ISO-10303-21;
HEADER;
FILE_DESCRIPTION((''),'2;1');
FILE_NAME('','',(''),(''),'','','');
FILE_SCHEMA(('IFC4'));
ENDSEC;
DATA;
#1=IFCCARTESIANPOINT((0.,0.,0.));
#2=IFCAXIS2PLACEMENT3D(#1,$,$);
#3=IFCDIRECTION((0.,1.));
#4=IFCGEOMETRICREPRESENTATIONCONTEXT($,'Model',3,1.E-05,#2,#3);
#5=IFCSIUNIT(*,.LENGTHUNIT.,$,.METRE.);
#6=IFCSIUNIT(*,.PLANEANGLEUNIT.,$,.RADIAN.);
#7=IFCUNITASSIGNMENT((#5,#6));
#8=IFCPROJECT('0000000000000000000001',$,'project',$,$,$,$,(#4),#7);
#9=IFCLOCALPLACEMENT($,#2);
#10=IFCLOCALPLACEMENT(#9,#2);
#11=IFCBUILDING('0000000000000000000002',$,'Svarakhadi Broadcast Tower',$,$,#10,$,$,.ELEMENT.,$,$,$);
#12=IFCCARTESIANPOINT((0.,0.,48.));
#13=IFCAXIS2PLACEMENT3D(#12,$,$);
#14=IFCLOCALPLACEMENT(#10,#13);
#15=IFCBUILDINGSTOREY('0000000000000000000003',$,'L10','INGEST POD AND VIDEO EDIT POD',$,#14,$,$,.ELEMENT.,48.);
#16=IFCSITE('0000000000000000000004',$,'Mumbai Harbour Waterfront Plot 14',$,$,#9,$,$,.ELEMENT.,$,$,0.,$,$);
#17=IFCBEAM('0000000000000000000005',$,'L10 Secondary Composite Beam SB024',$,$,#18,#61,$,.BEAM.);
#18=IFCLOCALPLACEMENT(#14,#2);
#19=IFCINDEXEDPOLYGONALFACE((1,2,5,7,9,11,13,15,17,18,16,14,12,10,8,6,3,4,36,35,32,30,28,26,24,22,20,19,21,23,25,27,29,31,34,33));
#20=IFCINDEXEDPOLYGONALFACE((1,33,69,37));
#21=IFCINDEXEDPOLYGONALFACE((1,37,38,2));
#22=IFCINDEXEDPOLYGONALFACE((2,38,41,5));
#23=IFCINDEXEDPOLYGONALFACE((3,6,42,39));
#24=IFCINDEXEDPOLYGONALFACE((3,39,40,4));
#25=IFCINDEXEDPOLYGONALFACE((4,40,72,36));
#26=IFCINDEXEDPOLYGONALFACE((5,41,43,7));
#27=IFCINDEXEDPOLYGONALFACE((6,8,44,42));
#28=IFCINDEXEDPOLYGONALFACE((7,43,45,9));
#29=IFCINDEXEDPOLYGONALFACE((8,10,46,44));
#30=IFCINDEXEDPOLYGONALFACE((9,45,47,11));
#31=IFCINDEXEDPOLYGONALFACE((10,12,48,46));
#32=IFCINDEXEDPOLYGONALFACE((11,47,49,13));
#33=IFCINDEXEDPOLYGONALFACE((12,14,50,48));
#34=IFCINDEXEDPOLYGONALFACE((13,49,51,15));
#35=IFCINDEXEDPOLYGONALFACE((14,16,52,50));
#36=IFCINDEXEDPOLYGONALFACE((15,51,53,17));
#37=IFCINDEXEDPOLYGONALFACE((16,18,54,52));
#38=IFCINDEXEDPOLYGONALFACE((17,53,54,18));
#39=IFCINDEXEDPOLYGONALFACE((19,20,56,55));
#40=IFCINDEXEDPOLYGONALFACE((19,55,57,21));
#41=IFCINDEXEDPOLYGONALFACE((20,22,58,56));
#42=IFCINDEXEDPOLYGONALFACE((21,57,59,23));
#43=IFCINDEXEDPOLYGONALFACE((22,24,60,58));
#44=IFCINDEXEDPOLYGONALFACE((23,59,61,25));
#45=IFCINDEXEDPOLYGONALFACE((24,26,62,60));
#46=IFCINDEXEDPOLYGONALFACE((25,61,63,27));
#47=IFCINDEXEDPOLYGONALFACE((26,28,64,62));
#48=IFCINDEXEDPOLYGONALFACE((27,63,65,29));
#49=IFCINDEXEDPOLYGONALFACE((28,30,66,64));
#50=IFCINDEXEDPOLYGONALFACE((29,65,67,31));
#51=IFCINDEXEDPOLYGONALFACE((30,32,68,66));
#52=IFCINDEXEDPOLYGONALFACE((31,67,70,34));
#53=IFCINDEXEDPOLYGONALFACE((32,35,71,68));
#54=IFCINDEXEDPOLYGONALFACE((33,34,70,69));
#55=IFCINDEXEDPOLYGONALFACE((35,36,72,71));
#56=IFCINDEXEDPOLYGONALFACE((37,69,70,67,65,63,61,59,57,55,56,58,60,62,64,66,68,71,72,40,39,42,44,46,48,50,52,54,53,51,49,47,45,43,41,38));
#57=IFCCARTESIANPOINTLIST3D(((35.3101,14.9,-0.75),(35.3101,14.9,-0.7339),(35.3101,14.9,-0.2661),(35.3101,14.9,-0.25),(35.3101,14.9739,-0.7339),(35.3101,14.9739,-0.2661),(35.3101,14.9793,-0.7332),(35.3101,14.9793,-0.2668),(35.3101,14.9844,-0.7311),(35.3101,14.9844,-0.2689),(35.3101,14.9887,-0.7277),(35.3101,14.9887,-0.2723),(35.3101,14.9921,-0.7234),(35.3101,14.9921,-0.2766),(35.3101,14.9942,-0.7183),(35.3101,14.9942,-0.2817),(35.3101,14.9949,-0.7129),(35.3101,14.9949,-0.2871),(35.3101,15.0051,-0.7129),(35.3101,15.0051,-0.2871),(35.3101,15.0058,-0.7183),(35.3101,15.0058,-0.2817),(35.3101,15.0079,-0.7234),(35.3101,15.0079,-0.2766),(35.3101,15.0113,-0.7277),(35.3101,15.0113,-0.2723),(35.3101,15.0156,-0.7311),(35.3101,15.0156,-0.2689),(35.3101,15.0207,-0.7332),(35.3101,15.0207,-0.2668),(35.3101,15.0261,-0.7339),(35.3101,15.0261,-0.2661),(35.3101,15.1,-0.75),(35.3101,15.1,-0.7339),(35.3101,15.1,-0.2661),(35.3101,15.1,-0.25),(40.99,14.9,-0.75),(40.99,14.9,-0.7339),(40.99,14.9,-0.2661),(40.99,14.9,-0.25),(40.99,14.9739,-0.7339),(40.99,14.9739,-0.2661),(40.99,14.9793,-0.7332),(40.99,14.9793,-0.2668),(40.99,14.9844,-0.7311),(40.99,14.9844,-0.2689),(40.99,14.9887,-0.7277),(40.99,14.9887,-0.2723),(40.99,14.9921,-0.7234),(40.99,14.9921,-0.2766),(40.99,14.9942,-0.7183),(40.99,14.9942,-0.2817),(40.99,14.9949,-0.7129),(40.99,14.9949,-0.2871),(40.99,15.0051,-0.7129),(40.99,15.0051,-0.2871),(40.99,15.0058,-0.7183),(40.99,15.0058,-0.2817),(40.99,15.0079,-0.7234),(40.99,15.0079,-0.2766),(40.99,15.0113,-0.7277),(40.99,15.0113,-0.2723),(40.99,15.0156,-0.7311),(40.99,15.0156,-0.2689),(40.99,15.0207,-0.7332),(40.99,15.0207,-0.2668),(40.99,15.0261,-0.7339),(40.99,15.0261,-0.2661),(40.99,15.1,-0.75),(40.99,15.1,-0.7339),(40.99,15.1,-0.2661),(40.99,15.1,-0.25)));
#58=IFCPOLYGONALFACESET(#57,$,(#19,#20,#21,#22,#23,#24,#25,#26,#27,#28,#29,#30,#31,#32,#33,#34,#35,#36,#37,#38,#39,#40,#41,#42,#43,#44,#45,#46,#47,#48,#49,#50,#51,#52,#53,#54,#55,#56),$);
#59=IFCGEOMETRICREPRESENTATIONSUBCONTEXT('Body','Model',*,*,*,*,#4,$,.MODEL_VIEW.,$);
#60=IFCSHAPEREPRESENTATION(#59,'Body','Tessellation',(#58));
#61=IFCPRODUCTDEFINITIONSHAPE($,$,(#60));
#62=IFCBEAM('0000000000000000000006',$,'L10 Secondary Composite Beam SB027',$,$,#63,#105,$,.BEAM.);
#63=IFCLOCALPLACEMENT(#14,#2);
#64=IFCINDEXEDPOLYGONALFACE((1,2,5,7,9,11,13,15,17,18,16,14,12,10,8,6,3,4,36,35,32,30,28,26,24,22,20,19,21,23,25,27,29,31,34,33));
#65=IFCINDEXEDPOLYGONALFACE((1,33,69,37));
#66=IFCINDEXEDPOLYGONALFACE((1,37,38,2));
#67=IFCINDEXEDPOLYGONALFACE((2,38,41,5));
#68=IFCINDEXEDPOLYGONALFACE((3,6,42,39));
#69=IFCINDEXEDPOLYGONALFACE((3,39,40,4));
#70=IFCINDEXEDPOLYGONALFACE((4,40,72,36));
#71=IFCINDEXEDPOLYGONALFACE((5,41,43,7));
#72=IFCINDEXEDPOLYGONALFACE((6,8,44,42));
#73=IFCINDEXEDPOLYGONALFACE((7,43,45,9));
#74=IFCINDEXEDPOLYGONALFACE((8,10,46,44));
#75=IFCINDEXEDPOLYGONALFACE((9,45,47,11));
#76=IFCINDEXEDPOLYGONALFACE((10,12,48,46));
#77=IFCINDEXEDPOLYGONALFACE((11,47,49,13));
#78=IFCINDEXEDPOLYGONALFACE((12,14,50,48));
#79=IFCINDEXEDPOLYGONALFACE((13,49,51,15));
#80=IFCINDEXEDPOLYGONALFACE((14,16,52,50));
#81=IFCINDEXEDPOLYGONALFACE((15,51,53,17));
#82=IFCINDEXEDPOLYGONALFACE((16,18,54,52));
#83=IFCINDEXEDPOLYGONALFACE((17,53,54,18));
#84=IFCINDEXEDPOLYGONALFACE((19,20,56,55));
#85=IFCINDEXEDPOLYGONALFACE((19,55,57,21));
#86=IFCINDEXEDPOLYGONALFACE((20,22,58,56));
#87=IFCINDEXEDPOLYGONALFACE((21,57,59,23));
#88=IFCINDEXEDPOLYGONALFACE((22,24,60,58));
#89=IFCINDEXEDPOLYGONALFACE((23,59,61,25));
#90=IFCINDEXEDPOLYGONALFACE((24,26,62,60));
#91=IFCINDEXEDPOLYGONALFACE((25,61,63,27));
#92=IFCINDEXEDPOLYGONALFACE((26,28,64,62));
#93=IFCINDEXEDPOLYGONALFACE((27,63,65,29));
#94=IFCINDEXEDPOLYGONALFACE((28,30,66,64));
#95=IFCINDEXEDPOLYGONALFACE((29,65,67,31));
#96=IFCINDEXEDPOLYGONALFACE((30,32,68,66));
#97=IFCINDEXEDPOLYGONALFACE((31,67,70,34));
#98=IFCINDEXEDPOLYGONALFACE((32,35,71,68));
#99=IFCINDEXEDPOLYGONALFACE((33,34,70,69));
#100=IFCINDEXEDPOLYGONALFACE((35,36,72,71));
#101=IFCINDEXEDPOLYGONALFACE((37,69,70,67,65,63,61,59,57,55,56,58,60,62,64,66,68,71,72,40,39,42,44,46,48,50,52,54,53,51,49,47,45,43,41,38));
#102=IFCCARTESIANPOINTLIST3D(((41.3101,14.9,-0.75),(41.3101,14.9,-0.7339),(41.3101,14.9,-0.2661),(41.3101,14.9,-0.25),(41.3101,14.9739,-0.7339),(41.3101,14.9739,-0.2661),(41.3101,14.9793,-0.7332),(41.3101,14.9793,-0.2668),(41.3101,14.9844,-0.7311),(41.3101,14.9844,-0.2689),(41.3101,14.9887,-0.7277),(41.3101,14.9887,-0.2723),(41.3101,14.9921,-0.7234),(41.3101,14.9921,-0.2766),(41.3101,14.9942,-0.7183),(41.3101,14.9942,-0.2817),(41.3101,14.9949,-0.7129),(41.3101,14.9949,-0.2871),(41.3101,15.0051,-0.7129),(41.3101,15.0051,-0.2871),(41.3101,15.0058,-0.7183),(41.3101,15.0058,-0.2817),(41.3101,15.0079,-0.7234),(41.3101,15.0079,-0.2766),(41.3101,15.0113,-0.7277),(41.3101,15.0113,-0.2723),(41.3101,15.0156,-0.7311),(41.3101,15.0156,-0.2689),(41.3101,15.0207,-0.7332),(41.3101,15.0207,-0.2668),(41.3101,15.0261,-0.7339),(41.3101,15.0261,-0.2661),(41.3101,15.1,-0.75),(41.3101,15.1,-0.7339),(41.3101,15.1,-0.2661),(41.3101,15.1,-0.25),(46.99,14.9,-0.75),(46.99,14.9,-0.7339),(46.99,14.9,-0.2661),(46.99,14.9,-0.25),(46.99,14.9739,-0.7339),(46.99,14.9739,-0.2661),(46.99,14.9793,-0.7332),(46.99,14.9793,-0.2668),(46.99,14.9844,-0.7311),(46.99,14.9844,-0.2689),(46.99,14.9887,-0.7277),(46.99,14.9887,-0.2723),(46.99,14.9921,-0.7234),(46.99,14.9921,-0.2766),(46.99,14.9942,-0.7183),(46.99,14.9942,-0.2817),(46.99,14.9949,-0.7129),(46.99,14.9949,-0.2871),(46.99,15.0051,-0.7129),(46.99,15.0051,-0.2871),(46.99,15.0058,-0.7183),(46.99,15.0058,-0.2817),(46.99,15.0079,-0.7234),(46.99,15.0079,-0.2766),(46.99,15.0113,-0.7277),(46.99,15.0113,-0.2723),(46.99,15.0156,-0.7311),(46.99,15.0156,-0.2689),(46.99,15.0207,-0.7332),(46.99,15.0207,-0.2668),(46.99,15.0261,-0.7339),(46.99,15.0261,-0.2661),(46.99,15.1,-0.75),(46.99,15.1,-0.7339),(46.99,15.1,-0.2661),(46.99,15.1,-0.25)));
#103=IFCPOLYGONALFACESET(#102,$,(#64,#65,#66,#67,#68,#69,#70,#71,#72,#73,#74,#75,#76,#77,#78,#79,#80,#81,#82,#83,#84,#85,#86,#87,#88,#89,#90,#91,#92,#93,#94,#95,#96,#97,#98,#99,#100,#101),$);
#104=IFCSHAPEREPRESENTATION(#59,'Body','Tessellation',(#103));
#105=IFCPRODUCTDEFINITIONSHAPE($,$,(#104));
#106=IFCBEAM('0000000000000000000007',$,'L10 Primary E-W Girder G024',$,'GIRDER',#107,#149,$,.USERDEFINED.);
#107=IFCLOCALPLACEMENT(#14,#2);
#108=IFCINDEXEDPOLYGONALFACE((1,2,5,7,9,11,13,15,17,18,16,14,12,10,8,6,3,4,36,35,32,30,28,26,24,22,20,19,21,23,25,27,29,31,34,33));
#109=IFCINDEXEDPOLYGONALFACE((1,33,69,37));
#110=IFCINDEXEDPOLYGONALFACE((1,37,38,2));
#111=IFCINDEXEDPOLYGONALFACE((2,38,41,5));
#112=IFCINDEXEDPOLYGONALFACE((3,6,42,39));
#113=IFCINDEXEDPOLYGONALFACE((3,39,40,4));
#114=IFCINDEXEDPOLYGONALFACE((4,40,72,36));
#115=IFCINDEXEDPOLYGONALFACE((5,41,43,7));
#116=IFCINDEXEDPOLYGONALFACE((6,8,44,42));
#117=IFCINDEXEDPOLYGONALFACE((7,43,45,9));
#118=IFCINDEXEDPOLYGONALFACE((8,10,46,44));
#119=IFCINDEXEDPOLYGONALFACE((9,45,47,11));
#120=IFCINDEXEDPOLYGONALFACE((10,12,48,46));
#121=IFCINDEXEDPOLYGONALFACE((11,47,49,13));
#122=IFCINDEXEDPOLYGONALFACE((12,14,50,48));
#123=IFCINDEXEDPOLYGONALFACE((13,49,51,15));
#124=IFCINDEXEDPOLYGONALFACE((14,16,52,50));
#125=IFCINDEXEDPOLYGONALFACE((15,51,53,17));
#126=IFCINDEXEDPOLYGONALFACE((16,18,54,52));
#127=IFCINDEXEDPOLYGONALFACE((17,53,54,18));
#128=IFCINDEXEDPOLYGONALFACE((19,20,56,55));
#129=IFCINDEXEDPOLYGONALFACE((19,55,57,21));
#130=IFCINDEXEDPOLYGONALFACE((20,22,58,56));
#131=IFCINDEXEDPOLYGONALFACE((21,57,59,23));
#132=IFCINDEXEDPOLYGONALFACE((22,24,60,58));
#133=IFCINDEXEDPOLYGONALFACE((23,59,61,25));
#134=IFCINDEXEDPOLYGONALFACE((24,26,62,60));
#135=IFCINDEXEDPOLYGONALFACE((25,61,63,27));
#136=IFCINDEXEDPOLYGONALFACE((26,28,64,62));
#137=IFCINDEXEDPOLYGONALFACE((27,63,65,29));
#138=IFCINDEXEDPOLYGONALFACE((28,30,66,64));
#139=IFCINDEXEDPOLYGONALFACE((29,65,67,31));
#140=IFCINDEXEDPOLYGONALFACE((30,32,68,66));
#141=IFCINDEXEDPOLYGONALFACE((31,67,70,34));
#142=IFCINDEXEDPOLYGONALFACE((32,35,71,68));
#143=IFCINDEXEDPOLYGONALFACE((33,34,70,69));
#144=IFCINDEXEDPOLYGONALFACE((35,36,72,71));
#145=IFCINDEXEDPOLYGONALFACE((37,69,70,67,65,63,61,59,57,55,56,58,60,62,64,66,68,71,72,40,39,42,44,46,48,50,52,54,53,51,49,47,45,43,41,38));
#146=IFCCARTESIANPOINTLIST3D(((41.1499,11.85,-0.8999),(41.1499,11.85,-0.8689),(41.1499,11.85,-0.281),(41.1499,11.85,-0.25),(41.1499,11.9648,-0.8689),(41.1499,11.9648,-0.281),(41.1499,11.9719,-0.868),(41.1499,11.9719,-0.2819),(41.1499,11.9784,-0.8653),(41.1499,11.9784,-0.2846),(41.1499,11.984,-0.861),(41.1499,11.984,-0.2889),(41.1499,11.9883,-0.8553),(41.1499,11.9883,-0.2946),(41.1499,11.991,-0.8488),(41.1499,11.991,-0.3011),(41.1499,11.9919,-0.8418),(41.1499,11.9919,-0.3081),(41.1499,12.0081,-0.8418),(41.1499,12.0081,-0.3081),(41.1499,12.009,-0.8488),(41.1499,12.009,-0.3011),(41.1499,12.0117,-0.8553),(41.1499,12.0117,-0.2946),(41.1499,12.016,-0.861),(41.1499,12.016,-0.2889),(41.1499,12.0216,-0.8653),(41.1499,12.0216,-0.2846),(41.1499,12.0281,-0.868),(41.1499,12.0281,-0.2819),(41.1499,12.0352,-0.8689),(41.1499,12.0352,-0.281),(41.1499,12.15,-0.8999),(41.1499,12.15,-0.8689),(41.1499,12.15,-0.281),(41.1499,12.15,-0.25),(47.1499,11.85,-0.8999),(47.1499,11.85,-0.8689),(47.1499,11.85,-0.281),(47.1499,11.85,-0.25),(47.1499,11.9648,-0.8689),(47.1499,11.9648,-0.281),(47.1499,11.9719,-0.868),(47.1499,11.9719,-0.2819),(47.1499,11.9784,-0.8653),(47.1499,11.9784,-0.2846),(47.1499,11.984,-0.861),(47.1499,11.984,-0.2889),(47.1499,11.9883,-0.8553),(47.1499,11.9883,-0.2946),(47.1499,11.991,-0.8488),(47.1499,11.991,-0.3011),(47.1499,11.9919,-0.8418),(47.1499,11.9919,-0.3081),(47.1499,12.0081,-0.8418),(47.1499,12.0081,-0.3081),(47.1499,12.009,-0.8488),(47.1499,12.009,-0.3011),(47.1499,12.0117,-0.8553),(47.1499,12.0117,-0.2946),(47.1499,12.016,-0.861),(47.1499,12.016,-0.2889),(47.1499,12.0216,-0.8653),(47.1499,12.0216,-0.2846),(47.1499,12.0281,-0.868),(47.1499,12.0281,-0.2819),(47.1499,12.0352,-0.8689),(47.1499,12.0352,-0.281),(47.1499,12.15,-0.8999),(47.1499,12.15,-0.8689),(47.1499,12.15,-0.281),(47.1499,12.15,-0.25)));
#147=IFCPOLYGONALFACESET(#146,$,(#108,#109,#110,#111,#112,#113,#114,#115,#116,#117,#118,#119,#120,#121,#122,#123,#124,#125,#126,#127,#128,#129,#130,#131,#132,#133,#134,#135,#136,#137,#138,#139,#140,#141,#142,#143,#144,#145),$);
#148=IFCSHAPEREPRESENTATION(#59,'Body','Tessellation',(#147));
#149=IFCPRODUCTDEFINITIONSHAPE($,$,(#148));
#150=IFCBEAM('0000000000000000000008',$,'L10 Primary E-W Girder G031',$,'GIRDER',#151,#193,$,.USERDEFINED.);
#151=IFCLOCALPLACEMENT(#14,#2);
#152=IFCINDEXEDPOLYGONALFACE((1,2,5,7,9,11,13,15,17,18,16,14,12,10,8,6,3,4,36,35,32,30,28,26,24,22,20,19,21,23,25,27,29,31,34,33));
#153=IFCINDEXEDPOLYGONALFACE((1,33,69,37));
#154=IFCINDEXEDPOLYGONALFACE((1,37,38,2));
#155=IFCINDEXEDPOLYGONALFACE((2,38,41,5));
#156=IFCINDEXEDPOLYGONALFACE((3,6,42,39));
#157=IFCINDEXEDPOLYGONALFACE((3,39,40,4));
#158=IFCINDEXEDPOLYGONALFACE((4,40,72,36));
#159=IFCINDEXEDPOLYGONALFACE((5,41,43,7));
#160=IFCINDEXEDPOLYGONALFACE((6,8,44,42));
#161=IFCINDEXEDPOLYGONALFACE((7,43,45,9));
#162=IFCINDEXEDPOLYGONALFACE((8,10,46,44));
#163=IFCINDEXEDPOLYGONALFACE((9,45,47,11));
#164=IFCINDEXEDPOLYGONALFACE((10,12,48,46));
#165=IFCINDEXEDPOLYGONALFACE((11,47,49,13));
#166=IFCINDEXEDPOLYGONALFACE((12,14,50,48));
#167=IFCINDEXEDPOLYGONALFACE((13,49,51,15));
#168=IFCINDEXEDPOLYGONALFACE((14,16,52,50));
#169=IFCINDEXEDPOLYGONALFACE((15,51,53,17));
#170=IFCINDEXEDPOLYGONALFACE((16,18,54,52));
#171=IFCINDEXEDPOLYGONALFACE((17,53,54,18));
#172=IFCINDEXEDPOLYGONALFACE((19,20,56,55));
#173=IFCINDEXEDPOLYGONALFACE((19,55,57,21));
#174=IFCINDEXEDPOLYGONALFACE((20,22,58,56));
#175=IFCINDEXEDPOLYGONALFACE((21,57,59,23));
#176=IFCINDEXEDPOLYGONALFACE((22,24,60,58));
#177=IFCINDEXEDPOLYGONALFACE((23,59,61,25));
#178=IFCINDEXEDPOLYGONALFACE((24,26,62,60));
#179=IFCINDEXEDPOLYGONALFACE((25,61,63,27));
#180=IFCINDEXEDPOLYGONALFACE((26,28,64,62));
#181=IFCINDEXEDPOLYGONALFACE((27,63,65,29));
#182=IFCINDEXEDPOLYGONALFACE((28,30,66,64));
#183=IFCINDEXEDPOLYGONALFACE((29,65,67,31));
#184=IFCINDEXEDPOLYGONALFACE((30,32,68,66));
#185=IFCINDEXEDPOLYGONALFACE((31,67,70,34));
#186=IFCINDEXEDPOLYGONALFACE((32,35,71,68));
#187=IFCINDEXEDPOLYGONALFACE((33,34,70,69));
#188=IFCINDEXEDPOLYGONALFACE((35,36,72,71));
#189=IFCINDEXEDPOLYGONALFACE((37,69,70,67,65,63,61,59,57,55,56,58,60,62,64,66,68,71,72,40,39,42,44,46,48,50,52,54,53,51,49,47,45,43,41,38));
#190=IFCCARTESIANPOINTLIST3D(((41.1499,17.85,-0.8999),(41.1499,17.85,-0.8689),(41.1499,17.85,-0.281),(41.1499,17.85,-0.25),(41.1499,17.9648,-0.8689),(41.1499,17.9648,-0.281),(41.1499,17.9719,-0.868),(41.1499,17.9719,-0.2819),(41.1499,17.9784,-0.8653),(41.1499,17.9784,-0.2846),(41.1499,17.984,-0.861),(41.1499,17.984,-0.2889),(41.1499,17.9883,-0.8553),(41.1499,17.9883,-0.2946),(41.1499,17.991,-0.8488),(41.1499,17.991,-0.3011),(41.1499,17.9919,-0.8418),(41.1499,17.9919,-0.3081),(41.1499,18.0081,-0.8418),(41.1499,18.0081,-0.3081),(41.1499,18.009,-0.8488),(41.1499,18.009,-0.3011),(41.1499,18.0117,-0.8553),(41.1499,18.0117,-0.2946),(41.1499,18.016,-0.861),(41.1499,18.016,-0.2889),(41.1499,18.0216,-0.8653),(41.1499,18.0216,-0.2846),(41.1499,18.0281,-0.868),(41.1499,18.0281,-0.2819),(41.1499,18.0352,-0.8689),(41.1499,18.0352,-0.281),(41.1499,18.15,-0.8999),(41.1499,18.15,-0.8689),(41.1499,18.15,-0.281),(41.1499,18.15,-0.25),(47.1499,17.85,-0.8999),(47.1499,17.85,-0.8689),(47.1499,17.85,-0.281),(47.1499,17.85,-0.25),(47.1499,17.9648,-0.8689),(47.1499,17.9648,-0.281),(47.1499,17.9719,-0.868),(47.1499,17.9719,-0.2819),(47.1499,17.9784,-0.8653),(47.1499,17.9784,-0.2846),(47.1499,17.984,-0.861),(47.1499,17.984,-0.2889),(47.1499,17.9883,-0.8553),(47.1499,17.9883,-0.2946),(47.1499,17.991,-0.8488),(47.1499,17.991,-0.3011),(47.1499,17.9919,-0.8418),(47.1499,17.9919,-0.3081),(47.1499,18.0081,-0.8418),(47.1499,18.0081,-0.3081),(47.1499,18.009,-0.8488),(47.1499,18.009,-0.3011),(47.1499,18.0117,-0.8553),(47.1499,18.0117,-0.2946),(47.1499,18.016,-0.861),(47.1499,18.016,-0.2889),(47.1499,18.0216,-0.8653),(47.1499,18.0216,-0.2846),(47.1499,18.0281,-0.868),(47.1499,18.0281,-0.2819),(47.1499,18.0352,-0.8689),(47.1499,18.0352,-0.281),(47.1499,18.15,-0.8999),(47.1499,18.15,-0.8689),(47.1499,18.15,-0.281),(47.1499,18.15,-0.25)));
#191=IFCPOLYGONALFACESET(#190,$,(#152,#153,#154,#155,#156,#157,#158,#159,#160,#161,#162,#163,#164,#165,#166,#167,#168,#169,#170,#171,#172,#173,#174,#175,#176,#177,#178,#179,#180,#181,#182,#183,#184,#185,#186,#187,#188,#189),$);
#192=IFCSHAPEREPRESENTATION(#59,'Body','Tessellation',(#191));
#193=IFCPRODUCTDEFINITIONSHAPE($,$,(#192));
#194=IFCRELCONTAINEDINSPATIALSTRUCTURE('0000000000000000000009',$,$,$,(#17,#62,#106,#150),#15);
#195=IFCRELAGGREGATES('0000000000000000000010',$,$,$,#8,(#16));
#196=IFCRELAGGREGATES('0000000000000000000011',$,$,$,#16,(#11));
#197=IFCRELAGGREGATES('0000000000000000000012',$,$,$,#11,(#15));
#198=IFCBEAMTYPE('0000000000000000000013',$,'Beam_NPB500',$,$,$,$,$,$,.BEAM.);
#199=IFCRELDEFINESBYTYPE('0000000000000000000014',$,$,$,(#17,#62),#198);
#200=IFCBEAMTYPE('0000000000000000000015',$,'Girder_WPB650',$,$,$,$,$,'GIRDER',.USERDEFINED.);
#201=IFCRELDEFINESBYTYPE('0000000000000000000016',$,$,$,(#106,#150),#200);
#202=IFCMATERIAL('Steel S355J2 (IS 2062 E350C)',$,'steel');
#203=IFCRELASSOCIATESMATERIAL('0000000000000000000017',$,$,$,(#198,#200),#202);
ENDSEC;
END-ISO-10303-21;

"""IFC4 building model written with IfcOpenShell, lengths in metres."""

from ifc_helpers import new_model, si_unit, direction, frame, origin, origin_2d, place, context, subcontext, project, spatial, i_section, extrude, material, material_profile, profile_set, type_object, element, save


model = new_model("IFC4")

# Units and contexts
model_context = context("Model", 3, precision=1e-05, world=origin(), true_north=direction((0.0, 1.0)))
body_context = subcontext(model_context, "Body", "Model", "MODEL_VIEW")
ifc_project = project(units=[si_unit("LENGTHUNIT", "METRE"), si_unit("PLANEANGLEUNIT", "RADIAN")], contexts=[model_context])

# Site, building, storey
site_placement = place(None, origin())
site = spatial("IfcSite", under=ifc_project, at=site_placement, Name="Mumbai Harbour Waterfront Plot 14", CompositionType="ELEMENT", RefElevation=0.0)
building_placement = place(site_placement, origin())
building = spatial("IfcBuilding", under=site, at=building_placement, Name="Svarakhadi Broadcast Tower", CompositionType="ELEMENT")
storey_placement = place(building_placement, frame((0.0, 0.0, 48.0)))
storey = spatial("IfcBuildingStorey", under=building, at=storey_placement, Name="L10", Description="INGEST POD AND VIDEO EDIT POD", CompositionType="ELEMENT", Elevation=48.0)

# Beams
ifc_material_1 = material(Name="Steel S355J2 (IS 2062 E350C)", Category="steel")
ifc_material_profile_1 = material_profile(ifc_material_1, i_section(OverallWidth=0.2, OverallDepth=0.5, WebThickness=0.0103, FlangeThickness=0.0161, FilletRadius=0.021, at=origin_2d()), Name="NPB 500x200x91")
ifc_profile_set_1 = profile_set([ifc_material_profile_1], Name="Steel S355J2 (IS 2062 E350C)")
beam_type_1 = type_object("IfcBeamType", Name="Beam_NPB500", PredefinedType="BEAM", material=ifc_profile_set_1)
for number, where, z_axis, x_axis, name in (
    (1, (35.3101, 15.0, -0.5), (1.0, 0.0, 0.0), (0.0, 1.0, 0.0), "L10 Secondary Composite Beam SB024"),
    (2, (41.3101, 15.0, -0.5), (1.0, 0.0, 0.0), (0.0, 1.0, 0.0), "L10 Secondary Composite Beam SB027"),
):
    element("IfcBeam", number, at=place(storey_placement, frame(where, z_axis=z_axis, x_axis=x_axis)), inside=storey, type_object=beam_type_1, Name=name, PredefinedType="BEAM", context=body_context, shape_type="SweptSolid", body=[
        extrude(i_section(OverallWidth=0.2, OverallDepth=0.5, WebThickness=0.0103, FlangeThickness=0.0161, FilletRadius=0.021, at=origin_2d()), origin(), (0.0, 0.0, 1.0), 5.6799),
    ])
ifc_material_profile_2 = material_profile(ifc_material_1, i_section(OverallWidth=0.3, OverallDepth=0.6499, WebThickness=0.0161, FlangeThickness=0.031, FilletRadius=0.0271, at=origin_2d()), Name="WPB 650x300x225")
ifc_profile_set_2 = profile_set([ifc_material_profile_2], Name="Steel S355J2 (IS 2062 E350C)")
beam_type_2 = type_object("IfcBeamType", Name="Girder_WPB650", ElementType="GIRDER", PredefinedType="USERDEFINED", material=ifc_profile_set_2)
for number, where, z_axis, x_axis, name in (
    (3, (41.1499, 12.0, -0.575), (1.0, 0.0, 0.0), (0.0, 1.0, 0.0), "L10 Primary E-W Girder G024"),
    (4, (41.1499, 18.0, -0.575), (1.0, 0.0, 0.0), (0.0, 1.0, 0.0), "L10 Primary E-W Girder G031"),
):
    element("IfcBeam", number, at=place(storey_placement, frame(where, z_axis=z_axis, x_axis=x_axis)), inside=storey, type_object=beam_type_2, Name=name, ObjectType="GIRDER", PredefinedType="USERDEFINED", context=body_context, shape_type="SweptSolid", body=[
        extrude(i_section(OverallWidth=0.3, OverallDepth=0.6499, WebThickness=0.0161, FlangeThickness=0.031, FilletRadius=0.0271, at=origin_2d()), origin(), (0.0, 0.0, 1.0), 6.0),
    ])

save(model, "model.ifc")
